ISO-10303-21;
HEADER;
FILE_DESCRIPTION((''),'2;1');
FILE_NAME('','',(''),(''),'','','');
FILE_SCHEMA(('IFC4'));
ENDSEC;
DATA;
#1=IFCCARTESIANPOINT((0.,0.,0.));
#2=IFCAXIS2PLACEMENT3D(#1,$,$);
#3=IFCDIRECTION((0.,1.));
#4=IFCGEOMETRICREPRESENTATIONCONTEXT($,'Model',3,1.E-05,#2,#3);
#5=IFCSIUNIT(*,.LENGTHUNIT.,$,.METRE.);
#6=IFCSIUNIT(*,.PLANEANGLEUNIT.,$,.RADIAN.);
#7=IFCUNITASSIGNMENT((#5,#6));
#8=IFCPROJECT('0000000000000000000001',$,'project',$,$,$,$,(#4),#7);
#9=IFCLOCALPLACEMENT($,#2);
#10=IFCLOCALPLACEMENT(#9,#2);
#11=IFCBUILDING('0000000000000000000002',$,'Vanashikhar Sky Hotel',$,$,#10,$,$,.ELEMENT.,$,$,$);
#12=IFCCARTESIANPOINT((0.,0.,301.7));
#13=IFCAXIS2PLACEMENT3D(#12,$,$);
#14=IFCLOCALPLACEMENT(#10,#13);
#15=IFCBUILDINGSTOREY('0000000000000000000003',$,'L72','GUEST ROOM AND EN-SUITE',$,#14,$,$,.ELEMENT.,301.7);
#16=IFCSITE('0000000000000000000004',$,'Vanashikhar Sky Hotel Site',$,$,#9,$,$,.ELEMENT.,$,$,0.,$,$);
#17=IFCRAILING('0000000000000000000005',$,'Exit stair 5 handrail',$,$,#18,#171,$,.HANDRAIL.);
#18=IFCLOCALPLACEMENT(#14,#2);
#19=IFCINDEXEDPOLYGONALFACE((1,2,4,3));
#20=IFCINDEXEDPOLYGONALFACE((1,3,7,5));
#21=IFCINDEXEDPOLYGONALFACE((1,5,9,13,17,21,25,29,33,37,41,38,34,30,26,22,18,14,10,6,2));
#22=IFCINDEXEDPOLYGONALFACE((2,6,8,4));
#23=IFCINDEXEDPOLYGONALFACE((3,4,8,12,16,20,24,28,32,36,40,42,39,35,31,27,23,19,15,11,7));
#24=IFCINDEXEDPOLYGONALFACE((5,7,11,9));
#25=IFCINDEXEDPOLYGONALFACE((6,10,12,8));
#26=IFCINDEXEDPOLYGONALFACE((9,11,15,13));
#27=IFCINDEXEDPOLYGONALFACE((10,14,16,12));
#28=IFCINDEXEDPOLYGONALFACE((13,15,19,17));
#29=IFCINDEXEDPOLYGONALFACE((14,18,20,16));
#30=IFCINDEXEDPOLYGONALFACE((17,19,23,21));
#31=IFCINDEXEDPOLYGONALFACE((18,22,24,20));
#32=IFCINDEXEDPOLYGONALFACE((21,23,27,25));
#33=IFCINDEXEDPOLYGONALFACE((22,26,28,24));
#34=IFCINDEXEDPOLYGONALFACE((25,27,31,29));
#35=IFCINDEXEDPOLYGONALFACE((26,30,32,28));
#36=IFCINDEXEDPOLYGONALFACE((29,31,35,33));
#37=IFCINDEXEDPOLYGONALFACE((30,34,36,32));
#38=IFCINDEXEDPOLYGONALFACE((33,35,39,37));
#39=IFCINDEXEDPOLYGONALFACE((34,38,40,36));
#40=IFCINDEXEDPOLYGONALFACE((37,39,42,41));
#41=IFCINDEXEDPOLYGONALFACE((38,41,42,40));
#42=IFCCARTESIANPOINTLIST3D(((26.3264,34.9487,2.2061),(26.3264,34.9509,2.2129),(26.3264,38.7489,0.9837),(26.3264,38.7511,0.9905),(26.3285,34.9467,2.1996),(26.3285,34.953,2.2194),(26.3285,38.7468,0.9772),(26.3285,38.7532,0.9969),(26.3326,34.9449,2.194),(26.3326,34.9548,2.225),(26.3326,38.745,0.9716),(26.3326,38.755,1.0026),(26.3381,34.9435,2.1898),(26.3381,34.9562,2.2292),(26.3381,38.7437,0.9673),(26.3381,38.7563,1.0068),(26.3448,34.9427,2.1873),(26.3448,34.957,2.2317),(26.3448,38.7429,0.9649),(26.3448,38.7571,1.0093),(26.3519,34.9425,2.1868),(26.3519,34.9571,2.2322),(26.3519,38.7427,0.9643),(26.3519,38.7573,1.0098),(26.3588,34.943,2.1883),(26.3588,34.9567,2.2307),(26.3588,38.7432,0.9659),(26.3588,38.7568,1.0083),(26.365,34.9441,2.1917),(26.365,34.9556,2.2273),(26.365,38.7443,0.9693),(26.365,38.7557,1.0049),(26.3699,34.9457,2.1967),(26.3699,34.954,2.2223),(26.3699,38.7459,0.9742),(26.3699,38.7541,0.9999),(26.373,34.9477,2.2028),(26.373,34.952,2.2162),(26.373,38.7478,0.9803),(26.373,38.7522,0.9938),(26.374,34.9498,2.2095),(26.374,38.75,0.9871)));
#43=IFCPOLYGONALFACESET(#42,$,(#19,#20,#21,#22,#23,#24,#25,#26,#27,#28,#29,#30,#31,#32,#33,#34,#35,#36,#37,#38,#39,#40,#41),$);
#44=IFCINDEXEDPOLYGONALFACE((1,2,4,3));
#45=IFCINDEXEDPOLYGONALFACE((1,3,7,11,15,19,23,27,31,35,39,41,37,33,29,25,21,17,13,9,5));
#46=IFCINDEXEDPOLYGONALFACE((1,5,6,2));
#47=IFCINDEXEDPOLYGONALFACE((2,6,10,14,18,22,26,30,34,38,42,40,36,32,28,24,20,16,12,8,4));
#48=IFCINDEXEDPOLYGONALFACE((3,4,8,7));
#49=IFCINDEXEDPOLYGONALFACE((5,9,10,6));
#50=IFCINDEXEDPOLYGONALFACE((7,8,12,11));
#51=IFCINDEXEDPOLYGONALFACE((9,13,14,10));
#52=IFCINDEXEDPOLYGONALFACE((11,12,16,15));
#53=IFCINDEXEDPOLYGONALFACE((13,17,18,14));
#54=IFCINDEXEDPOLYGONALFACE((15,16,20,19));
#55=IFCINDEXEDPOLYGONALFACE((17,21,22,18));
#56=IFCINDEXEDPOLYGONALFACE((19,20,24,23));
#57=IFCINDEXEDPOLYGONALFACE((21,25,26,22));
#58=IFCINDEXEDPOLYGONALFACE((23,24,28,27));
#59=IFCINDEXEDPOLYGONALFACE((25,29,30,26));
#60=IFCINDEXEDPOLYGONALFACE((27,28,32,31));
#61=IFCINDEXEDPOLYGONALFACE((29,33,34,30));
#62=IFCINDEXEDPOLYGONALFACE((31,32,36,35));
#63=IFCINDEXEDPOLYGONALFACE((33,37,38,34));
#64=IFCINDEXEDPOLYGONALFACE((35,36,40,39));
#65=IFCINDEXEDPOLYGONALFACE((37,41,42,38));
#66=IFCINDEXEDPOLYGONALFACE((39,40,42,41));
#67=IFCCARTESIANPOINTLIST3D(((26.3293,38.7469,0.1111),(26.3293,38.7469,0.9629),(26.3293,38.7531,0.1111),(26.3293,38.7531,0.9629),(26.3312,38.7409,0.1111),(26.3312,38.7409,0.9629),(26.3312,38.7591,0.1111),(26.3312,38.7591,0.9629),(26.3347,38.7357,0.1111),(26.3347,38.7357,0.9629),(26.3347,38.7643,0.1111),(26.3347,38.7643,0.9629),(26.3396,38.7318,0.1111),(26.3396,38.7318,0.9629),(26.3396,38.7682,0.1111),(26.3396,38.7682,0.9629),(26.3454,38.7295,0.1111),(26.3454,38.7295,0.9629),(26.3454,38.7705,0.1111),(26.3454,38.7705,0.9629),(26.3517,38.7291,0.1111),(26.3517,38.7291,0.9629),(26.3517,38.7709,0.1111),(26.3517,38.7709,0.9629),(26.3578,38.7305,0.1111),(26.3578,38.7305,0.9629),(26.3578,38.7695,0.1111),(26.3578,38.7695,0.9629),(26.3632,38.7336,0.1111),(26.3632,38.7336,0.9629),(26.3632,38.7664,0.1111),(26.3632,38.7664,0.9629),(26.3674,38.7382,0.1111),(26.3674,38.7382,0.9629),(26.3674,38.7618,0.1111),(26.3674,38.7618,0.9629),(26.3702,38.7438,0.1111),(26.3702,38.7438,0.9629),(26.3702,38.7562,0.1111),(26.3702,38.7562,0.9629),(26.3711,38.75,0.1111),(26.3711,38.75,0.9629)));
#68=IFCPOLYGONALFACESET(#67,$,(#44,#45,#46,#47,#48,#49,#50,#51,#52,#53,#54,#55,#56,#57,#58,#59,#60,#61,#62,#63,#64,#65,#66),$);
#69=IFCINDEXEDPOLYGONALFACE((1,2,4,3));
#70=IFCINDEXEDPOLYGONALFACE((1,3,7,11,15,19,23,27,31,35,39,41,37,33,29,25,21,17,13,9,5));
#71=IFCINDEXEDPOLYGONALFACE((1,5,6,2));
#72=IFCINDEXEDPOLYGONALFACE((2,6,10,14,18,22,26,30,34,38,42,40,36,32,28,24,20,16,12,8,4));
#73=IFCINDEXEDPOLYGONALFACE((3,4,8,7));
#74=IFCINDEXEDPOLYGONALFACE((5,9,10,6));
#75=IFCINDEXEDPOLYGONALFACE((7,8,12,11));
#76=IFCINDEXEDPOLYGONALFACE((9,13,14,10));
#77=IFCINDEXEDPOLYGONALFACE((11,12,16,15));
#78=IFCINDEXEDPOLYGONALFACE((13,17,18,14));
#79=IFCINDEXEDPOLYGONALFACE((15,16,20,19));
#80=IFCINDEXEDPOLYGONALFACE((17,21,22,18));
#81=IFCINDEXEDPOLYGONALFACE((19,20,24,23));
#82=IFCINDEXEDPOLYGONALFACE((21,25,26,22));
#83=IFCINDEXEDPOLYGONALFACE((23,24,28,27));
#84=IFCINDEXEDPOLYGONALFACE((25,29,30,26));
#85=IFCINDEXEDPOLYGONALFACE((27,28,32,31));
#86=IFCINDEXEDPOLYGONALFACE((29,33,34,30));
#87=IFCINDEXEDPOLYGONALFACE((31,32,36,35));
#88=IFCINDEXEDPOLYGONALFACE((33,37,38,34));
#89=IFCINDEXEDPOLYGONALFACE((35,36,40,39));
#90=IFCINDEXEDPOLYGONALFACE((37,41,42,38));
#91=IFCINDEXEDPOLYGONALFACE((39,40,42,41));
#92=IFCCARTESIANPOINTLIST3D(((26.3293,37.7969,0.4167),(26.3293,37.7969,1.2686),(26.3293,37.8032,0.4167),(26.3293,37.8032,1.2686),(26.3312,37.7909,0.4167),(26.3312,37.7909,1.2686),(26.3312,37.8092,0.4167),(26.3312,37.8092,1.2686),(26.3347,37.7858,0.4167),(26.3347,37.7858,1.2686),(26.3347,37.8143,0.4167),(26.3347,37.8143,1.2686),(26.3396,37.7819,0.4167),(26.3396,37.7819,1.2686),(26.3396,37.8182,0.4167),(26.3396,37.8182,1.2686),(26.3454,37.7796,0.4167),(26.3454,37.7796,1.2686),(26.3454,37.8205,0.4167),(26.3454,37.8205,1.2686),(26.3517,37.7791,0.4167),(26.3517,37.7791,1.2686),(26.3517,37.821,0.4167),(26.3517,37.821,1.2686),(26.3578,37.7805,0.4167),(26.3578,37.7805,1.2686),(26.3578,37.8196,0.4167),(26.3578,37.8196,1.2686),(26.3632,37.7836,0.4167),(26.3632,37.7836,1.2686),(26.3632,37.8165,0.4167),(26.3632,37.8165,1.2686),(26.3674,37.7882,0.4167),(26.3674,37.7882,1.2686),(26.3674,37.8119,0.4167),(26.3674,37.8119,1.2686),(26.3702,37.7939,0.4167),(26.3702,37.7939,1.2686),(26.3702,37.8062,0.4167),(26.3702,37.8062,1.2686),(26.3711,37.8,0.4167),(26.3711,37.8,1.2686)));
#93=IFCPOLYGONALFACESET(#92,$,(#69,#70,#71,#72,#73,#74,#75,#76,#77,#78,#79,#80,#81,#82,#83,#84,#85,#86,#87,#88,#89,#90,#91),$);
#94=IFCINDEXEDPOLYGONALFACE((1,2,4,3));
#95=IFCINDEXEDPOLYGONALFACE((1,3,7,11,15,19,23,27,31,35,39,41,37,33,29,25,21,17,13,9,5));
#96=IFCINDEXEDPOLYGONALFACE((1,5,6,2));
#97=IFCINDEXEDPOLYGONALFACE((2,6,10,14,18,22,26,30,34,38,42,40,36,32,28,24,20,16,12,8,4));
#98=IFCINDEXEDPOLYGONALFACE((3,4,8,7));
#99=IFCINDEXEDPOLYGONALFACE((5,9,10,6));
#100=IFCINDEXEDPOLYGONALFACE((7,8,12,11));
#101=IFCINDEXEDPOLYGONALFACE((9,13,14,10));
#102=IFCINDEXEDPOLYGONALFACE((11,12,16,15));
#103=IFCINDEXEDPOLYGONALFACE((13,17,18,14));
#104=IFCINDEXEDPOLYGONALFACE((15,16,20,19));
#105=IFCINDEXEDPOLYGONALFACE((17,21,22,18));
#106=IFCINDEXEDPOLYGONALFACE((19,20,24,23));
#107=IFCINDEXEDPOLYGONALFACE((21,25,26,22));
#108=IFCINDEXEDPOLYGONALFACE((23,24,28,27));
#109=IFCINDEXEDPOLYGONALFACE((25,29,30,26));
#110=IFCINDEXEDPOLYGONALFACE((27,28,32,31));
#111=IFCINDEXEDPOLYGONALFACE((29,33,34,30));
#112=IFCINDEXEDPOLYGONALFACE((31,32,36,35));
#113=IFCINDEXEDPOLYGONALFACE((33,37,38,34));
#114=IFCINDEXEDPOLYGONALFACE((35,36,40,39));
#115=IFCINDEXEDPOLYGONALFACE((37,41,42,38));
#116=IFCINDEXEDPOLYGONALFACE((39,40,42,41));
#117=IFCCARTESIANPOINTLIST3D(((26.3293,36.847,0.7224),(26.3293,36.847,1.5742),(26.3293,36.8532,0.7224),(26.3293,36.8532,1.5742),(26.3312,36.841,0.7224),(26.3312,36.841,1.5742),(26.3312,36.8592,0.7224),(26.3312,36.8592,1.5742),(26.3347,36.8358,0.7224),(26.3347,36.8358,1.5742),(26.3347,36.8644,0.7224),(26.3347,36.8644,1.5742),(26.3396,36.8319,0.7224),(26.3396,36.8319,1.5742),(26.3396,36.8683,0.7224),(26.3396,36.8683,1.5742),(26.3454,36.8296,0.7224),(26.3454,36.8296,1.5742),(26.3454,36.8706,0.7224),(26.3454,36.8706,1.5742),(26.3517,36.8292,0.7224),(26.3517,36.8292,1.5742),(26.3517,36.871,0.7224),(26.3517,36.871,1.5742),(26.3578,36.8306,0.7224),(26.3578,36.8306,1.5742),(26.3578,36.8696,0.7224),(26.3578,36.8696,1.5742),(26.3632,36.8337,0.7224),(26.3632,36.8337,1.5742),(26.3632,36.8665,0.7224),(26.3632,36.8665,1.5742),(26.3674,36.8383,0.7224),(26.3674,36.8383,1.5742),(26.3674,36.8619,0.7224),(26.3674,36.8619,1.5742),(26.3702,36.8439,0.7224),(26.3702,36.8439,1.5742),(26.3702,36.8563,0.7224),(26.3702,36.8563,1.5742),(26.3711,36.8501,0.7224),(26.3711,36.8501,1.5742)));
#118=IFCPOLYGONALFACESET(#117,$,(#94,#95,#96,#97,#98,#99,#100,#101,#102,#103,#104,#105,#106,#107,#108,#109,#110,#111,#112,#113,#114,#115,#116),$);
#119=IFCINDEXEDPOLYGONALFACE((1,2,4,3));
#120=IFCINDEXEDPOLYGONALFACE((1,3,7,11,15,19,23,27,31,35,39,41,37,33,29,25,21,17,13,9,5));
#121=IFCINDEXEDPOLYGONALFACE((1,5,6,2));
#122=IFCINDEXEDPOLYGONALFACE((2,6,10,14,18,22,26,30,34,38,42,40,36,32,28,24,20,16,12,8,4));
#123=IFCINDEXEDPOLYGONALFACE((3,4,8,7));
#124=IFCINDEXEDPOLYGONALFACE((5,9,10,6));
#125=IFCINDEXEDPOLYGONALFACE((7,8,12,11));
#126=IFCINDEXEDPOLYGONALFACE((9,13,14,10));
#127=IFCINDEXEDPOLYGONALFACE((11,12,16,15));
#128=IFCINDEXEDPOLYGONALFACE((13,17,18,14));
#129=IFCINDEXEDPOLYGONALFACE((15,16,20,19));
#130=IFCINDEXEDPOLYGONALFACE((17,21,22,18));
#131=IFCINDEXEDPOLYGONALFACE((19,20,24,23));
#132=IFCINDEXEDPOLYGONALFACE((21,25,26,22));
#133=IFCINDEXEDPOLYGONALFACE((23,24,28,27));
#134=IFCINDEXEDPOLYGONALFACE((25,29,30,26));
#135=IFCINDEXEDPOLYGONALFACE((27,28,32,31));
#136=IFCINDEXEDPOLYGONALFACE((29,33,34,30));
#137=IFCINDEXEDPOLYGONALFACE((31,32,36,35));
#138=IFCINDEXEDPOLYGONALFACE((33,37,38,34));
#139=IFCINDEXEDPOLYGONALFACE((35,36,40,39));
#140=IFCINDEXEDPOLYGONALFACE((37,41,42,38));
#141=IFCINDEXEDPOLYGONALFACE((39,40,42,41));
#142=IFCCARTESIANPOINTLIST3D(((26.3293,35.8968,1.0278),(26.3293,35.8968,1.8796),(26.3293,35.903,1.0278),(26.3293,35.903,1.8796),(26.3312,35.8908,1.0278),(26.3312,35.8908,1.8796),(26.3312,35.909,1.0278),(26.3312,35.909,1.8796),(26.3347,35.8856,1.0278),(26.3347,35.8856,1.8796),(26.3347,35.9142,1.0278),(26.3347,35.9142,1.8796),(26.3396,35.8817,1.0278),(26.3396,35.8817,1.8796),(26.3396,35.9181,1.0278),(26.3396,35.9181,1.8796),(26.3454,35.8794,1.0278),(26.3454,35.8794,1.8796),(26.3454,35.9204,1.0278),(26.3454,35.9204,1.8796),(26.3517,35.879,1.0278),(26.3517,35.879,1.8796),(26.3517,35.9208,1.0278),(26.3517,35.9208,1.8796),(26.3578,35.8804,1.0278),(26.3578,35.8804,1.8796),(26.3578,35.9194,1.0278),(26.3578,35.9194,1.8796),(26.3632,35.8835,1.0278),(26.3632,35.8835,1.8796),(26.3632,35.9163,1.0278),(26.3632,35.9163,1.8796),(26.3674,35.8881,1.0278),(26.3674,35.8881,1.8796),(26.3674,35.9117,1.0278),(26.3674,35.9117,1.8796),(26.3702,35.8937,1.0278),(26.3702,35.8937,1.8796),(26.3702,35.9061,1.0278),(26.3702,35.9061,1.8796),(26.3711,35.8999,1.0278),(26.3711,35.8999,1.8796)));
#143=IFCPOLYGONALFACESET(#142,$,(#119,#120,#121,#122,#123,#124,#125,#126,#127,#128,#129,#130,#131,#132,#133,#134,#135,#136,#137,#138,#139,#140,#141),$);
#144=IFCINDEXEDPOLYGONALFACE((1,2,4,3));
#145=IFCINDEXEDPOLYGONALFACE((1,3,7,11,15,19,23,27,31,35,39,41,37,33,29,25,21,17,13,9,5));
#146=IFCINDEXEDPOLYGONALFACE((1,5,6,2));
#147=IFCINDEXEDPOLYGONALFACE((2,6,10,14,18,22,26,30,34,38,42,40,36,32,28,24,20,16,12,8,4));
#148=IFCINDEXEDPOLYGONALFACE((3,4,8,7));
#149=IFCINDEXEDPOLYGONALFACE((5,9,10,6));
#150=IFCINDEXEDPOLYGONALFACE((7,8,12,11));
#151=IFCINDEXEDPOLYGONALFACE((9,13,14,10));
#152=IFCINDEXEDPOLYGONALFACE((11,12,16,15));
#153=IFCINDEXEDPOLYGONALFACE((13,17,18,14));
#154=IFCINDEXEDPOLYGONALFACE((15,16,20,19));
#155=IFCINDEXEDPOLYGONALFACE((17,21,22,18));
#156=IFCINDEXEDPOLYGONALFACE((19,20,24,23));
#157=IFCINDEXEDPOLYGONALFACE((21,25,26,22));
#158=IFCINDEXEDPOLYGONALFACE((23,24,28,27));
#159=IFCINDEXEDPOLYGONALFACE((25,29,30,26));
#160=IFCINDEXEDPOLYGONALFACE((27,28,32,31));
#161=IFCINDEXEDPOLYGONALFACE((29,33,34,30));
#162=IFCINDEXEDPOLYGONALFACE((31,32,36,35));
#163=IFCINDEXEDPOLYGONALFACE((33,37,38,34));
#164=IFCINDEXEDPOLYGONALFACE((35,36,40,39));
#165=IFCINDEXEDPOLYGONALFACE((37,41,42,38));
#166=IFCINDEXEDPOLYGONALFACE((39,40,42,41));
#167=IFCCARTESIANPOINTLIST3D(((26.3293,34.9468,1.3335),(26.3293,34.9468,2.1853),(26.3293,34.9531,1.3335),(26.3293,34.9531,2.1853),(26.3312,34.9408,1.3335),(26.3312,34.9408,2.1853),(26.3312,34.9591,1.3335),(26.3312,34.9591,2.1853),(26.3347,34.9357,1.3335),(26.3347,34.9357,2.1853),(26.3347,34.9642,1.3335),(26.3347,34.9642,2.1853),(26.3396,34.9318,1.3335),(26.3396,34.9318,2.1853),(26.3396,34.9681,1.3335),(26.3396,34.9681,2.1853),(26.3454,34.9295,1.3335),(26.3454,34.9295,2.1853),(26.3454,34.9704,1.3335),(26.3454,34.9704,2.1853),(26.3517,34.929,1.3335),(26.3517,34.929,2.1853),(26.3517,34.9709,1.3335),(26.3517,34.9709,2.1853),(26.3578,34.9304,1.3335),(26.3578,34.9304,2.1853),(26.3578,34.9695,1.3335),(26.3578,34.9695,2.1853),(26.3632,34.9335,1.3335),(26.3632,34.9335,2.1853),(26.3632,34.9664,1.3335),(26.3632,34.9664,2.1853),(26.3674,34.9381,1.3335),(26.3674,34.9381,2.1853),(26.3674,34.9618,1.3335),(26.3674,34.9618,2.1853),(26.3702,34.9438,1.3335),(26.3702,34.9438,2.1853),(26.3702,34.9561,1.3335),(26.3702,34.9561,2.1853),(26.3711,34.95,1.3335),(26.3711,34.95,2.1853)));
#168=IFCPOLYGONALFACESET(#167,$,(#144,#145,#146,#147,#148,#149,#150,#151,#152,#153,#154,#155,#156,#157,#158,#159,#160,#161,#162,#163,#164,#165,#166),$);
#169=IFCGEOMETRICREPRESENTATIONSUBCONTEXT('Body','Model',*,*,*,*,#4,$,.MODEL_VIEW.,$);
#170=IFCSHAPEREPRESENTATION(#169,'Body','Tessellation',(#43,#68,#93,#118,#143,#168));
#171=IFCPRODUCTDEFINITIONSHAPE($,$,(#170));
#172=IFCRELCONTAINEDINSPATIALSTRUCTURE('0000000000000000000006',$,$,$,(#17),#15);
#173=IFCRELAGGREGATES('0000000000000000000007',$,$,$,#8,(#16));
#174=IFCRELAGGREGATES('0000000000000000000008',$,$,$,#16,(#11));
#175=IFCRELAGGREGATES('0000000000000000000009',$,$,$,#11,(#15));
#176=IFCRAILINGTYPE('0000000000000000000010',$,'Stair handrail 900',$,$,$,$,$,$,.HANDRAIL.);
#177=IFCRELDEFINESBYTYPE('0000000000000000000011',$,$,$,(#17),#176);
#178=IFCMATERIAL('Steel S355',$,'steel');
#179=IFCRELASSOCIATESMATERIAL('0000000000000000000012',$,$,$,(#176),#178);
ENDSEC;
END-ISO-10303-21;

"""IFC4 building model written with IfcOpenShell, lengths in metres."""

from ifc_helpers import new_model, si_unit, direction, frame, origin, origin_2d, place, context, subcontext, project, spatial, circle, extrude, source, transform, mapped, material, type_object, element, save


model = new_model("IFC4")

# Units and contexts
model_context = context("Model", 3, precision=1e-05, world=origin(), true_north=direction((0.0, 1.0)))
body_context = subcontext(model_context, "Body", "Model", "MODEL_VIEW")
ifc_project = project(units=[si_unit("LENGTHUNIT", "METRE"), si_unit("PLANEANGLEUNIT", "RADIAN")], contexts=[model_context])

# Site, building, storey
site_placement = place(None, origin())
site = spatial("IfcSite", under=ifc_project, at=site_placement, Name="Vanashikhar Sky Hotel Site", CompositionType="ELEMENT", RefElevation=0.0)
building_placement = place(site_placement, origin())
building = spatial("IfcBuilding", under=site, at=building_placement, Name="Vanashikhar Sky Hotel", CompositionType="ELEMENT")
storey_placement = place(building_placement, frame((0.0, 0.0, 301.7)))
storey = spatial("IfcBuildingStorey", under=building, at=storey_placement, Name="L72", Description="GUEST ROOM AND EN-SUITE", CompositionType="ELEMENT", Elevation=301.7)

# Railing
ifc_material_1 = material(Name="Steel S355", Category="steel")
railing_type_1 = type_object("IfcRailingType", Name="Stair handrail 900", PredefinedType="HANDRAIL", material=ifc_material_1)
shared_shape_1 = source(origin(), body_context, "Body", "SweptSolid", [
    extrude(circle(Radius=0.0239, at=origin_2d()), frame((0.0, 0.0, 0.876), z_axis=(0.0, -0.951958, 0.306229), x_axis=(1.0, 0.0, 0.0)), (0.0, 0.0, 1.0), 3.9919),
    extrude(circle(Radius=0.021, at=origin_2d()), origin(), (0.0, 0.0, 1.0), 0.8518),
    extrude(circle(Radius=0.021, at=origin_2d()), frame((0.0, -0.95, 0.3057)), (0.0, 0.0, 1.0), 0.8518),
    extrude(circle(Radius=0.021, at=origin_2d()), frame((0.0, -1.8999, 0.6113)), (0.0, 0.0, 1.0), 0.8518),
    extrude(circle(Radius=0.021, at=origin_2d()), frame((0.0, -2.8501, 0.9167)), (0.0, 0.0, 1.0), 0.8518),
    extrude(circle(Radius=0.021, at=origin_2d()), frame((0.0, -3.8, 1.2224)), (0.0, 0.0, 1.0), 0.8518),
])
for number, where, name in (
    (1, (26.3501, 38.75, 0.1111), "Exit stair 5 handrail"),
):
    element("IfcRailing", number, at=place(storey_placement, frame(where)), inside=storey, type_object=railing_type_1, Name=name, PredefinedType="HANDRAIL", context=body_context, shape_type="MappedRepresentation", body=[
        mapped(shared_shape_1, transform((0.0, 0.0, 0.0), scale=1.0)),
    ])

save(model, "model.ifc")
